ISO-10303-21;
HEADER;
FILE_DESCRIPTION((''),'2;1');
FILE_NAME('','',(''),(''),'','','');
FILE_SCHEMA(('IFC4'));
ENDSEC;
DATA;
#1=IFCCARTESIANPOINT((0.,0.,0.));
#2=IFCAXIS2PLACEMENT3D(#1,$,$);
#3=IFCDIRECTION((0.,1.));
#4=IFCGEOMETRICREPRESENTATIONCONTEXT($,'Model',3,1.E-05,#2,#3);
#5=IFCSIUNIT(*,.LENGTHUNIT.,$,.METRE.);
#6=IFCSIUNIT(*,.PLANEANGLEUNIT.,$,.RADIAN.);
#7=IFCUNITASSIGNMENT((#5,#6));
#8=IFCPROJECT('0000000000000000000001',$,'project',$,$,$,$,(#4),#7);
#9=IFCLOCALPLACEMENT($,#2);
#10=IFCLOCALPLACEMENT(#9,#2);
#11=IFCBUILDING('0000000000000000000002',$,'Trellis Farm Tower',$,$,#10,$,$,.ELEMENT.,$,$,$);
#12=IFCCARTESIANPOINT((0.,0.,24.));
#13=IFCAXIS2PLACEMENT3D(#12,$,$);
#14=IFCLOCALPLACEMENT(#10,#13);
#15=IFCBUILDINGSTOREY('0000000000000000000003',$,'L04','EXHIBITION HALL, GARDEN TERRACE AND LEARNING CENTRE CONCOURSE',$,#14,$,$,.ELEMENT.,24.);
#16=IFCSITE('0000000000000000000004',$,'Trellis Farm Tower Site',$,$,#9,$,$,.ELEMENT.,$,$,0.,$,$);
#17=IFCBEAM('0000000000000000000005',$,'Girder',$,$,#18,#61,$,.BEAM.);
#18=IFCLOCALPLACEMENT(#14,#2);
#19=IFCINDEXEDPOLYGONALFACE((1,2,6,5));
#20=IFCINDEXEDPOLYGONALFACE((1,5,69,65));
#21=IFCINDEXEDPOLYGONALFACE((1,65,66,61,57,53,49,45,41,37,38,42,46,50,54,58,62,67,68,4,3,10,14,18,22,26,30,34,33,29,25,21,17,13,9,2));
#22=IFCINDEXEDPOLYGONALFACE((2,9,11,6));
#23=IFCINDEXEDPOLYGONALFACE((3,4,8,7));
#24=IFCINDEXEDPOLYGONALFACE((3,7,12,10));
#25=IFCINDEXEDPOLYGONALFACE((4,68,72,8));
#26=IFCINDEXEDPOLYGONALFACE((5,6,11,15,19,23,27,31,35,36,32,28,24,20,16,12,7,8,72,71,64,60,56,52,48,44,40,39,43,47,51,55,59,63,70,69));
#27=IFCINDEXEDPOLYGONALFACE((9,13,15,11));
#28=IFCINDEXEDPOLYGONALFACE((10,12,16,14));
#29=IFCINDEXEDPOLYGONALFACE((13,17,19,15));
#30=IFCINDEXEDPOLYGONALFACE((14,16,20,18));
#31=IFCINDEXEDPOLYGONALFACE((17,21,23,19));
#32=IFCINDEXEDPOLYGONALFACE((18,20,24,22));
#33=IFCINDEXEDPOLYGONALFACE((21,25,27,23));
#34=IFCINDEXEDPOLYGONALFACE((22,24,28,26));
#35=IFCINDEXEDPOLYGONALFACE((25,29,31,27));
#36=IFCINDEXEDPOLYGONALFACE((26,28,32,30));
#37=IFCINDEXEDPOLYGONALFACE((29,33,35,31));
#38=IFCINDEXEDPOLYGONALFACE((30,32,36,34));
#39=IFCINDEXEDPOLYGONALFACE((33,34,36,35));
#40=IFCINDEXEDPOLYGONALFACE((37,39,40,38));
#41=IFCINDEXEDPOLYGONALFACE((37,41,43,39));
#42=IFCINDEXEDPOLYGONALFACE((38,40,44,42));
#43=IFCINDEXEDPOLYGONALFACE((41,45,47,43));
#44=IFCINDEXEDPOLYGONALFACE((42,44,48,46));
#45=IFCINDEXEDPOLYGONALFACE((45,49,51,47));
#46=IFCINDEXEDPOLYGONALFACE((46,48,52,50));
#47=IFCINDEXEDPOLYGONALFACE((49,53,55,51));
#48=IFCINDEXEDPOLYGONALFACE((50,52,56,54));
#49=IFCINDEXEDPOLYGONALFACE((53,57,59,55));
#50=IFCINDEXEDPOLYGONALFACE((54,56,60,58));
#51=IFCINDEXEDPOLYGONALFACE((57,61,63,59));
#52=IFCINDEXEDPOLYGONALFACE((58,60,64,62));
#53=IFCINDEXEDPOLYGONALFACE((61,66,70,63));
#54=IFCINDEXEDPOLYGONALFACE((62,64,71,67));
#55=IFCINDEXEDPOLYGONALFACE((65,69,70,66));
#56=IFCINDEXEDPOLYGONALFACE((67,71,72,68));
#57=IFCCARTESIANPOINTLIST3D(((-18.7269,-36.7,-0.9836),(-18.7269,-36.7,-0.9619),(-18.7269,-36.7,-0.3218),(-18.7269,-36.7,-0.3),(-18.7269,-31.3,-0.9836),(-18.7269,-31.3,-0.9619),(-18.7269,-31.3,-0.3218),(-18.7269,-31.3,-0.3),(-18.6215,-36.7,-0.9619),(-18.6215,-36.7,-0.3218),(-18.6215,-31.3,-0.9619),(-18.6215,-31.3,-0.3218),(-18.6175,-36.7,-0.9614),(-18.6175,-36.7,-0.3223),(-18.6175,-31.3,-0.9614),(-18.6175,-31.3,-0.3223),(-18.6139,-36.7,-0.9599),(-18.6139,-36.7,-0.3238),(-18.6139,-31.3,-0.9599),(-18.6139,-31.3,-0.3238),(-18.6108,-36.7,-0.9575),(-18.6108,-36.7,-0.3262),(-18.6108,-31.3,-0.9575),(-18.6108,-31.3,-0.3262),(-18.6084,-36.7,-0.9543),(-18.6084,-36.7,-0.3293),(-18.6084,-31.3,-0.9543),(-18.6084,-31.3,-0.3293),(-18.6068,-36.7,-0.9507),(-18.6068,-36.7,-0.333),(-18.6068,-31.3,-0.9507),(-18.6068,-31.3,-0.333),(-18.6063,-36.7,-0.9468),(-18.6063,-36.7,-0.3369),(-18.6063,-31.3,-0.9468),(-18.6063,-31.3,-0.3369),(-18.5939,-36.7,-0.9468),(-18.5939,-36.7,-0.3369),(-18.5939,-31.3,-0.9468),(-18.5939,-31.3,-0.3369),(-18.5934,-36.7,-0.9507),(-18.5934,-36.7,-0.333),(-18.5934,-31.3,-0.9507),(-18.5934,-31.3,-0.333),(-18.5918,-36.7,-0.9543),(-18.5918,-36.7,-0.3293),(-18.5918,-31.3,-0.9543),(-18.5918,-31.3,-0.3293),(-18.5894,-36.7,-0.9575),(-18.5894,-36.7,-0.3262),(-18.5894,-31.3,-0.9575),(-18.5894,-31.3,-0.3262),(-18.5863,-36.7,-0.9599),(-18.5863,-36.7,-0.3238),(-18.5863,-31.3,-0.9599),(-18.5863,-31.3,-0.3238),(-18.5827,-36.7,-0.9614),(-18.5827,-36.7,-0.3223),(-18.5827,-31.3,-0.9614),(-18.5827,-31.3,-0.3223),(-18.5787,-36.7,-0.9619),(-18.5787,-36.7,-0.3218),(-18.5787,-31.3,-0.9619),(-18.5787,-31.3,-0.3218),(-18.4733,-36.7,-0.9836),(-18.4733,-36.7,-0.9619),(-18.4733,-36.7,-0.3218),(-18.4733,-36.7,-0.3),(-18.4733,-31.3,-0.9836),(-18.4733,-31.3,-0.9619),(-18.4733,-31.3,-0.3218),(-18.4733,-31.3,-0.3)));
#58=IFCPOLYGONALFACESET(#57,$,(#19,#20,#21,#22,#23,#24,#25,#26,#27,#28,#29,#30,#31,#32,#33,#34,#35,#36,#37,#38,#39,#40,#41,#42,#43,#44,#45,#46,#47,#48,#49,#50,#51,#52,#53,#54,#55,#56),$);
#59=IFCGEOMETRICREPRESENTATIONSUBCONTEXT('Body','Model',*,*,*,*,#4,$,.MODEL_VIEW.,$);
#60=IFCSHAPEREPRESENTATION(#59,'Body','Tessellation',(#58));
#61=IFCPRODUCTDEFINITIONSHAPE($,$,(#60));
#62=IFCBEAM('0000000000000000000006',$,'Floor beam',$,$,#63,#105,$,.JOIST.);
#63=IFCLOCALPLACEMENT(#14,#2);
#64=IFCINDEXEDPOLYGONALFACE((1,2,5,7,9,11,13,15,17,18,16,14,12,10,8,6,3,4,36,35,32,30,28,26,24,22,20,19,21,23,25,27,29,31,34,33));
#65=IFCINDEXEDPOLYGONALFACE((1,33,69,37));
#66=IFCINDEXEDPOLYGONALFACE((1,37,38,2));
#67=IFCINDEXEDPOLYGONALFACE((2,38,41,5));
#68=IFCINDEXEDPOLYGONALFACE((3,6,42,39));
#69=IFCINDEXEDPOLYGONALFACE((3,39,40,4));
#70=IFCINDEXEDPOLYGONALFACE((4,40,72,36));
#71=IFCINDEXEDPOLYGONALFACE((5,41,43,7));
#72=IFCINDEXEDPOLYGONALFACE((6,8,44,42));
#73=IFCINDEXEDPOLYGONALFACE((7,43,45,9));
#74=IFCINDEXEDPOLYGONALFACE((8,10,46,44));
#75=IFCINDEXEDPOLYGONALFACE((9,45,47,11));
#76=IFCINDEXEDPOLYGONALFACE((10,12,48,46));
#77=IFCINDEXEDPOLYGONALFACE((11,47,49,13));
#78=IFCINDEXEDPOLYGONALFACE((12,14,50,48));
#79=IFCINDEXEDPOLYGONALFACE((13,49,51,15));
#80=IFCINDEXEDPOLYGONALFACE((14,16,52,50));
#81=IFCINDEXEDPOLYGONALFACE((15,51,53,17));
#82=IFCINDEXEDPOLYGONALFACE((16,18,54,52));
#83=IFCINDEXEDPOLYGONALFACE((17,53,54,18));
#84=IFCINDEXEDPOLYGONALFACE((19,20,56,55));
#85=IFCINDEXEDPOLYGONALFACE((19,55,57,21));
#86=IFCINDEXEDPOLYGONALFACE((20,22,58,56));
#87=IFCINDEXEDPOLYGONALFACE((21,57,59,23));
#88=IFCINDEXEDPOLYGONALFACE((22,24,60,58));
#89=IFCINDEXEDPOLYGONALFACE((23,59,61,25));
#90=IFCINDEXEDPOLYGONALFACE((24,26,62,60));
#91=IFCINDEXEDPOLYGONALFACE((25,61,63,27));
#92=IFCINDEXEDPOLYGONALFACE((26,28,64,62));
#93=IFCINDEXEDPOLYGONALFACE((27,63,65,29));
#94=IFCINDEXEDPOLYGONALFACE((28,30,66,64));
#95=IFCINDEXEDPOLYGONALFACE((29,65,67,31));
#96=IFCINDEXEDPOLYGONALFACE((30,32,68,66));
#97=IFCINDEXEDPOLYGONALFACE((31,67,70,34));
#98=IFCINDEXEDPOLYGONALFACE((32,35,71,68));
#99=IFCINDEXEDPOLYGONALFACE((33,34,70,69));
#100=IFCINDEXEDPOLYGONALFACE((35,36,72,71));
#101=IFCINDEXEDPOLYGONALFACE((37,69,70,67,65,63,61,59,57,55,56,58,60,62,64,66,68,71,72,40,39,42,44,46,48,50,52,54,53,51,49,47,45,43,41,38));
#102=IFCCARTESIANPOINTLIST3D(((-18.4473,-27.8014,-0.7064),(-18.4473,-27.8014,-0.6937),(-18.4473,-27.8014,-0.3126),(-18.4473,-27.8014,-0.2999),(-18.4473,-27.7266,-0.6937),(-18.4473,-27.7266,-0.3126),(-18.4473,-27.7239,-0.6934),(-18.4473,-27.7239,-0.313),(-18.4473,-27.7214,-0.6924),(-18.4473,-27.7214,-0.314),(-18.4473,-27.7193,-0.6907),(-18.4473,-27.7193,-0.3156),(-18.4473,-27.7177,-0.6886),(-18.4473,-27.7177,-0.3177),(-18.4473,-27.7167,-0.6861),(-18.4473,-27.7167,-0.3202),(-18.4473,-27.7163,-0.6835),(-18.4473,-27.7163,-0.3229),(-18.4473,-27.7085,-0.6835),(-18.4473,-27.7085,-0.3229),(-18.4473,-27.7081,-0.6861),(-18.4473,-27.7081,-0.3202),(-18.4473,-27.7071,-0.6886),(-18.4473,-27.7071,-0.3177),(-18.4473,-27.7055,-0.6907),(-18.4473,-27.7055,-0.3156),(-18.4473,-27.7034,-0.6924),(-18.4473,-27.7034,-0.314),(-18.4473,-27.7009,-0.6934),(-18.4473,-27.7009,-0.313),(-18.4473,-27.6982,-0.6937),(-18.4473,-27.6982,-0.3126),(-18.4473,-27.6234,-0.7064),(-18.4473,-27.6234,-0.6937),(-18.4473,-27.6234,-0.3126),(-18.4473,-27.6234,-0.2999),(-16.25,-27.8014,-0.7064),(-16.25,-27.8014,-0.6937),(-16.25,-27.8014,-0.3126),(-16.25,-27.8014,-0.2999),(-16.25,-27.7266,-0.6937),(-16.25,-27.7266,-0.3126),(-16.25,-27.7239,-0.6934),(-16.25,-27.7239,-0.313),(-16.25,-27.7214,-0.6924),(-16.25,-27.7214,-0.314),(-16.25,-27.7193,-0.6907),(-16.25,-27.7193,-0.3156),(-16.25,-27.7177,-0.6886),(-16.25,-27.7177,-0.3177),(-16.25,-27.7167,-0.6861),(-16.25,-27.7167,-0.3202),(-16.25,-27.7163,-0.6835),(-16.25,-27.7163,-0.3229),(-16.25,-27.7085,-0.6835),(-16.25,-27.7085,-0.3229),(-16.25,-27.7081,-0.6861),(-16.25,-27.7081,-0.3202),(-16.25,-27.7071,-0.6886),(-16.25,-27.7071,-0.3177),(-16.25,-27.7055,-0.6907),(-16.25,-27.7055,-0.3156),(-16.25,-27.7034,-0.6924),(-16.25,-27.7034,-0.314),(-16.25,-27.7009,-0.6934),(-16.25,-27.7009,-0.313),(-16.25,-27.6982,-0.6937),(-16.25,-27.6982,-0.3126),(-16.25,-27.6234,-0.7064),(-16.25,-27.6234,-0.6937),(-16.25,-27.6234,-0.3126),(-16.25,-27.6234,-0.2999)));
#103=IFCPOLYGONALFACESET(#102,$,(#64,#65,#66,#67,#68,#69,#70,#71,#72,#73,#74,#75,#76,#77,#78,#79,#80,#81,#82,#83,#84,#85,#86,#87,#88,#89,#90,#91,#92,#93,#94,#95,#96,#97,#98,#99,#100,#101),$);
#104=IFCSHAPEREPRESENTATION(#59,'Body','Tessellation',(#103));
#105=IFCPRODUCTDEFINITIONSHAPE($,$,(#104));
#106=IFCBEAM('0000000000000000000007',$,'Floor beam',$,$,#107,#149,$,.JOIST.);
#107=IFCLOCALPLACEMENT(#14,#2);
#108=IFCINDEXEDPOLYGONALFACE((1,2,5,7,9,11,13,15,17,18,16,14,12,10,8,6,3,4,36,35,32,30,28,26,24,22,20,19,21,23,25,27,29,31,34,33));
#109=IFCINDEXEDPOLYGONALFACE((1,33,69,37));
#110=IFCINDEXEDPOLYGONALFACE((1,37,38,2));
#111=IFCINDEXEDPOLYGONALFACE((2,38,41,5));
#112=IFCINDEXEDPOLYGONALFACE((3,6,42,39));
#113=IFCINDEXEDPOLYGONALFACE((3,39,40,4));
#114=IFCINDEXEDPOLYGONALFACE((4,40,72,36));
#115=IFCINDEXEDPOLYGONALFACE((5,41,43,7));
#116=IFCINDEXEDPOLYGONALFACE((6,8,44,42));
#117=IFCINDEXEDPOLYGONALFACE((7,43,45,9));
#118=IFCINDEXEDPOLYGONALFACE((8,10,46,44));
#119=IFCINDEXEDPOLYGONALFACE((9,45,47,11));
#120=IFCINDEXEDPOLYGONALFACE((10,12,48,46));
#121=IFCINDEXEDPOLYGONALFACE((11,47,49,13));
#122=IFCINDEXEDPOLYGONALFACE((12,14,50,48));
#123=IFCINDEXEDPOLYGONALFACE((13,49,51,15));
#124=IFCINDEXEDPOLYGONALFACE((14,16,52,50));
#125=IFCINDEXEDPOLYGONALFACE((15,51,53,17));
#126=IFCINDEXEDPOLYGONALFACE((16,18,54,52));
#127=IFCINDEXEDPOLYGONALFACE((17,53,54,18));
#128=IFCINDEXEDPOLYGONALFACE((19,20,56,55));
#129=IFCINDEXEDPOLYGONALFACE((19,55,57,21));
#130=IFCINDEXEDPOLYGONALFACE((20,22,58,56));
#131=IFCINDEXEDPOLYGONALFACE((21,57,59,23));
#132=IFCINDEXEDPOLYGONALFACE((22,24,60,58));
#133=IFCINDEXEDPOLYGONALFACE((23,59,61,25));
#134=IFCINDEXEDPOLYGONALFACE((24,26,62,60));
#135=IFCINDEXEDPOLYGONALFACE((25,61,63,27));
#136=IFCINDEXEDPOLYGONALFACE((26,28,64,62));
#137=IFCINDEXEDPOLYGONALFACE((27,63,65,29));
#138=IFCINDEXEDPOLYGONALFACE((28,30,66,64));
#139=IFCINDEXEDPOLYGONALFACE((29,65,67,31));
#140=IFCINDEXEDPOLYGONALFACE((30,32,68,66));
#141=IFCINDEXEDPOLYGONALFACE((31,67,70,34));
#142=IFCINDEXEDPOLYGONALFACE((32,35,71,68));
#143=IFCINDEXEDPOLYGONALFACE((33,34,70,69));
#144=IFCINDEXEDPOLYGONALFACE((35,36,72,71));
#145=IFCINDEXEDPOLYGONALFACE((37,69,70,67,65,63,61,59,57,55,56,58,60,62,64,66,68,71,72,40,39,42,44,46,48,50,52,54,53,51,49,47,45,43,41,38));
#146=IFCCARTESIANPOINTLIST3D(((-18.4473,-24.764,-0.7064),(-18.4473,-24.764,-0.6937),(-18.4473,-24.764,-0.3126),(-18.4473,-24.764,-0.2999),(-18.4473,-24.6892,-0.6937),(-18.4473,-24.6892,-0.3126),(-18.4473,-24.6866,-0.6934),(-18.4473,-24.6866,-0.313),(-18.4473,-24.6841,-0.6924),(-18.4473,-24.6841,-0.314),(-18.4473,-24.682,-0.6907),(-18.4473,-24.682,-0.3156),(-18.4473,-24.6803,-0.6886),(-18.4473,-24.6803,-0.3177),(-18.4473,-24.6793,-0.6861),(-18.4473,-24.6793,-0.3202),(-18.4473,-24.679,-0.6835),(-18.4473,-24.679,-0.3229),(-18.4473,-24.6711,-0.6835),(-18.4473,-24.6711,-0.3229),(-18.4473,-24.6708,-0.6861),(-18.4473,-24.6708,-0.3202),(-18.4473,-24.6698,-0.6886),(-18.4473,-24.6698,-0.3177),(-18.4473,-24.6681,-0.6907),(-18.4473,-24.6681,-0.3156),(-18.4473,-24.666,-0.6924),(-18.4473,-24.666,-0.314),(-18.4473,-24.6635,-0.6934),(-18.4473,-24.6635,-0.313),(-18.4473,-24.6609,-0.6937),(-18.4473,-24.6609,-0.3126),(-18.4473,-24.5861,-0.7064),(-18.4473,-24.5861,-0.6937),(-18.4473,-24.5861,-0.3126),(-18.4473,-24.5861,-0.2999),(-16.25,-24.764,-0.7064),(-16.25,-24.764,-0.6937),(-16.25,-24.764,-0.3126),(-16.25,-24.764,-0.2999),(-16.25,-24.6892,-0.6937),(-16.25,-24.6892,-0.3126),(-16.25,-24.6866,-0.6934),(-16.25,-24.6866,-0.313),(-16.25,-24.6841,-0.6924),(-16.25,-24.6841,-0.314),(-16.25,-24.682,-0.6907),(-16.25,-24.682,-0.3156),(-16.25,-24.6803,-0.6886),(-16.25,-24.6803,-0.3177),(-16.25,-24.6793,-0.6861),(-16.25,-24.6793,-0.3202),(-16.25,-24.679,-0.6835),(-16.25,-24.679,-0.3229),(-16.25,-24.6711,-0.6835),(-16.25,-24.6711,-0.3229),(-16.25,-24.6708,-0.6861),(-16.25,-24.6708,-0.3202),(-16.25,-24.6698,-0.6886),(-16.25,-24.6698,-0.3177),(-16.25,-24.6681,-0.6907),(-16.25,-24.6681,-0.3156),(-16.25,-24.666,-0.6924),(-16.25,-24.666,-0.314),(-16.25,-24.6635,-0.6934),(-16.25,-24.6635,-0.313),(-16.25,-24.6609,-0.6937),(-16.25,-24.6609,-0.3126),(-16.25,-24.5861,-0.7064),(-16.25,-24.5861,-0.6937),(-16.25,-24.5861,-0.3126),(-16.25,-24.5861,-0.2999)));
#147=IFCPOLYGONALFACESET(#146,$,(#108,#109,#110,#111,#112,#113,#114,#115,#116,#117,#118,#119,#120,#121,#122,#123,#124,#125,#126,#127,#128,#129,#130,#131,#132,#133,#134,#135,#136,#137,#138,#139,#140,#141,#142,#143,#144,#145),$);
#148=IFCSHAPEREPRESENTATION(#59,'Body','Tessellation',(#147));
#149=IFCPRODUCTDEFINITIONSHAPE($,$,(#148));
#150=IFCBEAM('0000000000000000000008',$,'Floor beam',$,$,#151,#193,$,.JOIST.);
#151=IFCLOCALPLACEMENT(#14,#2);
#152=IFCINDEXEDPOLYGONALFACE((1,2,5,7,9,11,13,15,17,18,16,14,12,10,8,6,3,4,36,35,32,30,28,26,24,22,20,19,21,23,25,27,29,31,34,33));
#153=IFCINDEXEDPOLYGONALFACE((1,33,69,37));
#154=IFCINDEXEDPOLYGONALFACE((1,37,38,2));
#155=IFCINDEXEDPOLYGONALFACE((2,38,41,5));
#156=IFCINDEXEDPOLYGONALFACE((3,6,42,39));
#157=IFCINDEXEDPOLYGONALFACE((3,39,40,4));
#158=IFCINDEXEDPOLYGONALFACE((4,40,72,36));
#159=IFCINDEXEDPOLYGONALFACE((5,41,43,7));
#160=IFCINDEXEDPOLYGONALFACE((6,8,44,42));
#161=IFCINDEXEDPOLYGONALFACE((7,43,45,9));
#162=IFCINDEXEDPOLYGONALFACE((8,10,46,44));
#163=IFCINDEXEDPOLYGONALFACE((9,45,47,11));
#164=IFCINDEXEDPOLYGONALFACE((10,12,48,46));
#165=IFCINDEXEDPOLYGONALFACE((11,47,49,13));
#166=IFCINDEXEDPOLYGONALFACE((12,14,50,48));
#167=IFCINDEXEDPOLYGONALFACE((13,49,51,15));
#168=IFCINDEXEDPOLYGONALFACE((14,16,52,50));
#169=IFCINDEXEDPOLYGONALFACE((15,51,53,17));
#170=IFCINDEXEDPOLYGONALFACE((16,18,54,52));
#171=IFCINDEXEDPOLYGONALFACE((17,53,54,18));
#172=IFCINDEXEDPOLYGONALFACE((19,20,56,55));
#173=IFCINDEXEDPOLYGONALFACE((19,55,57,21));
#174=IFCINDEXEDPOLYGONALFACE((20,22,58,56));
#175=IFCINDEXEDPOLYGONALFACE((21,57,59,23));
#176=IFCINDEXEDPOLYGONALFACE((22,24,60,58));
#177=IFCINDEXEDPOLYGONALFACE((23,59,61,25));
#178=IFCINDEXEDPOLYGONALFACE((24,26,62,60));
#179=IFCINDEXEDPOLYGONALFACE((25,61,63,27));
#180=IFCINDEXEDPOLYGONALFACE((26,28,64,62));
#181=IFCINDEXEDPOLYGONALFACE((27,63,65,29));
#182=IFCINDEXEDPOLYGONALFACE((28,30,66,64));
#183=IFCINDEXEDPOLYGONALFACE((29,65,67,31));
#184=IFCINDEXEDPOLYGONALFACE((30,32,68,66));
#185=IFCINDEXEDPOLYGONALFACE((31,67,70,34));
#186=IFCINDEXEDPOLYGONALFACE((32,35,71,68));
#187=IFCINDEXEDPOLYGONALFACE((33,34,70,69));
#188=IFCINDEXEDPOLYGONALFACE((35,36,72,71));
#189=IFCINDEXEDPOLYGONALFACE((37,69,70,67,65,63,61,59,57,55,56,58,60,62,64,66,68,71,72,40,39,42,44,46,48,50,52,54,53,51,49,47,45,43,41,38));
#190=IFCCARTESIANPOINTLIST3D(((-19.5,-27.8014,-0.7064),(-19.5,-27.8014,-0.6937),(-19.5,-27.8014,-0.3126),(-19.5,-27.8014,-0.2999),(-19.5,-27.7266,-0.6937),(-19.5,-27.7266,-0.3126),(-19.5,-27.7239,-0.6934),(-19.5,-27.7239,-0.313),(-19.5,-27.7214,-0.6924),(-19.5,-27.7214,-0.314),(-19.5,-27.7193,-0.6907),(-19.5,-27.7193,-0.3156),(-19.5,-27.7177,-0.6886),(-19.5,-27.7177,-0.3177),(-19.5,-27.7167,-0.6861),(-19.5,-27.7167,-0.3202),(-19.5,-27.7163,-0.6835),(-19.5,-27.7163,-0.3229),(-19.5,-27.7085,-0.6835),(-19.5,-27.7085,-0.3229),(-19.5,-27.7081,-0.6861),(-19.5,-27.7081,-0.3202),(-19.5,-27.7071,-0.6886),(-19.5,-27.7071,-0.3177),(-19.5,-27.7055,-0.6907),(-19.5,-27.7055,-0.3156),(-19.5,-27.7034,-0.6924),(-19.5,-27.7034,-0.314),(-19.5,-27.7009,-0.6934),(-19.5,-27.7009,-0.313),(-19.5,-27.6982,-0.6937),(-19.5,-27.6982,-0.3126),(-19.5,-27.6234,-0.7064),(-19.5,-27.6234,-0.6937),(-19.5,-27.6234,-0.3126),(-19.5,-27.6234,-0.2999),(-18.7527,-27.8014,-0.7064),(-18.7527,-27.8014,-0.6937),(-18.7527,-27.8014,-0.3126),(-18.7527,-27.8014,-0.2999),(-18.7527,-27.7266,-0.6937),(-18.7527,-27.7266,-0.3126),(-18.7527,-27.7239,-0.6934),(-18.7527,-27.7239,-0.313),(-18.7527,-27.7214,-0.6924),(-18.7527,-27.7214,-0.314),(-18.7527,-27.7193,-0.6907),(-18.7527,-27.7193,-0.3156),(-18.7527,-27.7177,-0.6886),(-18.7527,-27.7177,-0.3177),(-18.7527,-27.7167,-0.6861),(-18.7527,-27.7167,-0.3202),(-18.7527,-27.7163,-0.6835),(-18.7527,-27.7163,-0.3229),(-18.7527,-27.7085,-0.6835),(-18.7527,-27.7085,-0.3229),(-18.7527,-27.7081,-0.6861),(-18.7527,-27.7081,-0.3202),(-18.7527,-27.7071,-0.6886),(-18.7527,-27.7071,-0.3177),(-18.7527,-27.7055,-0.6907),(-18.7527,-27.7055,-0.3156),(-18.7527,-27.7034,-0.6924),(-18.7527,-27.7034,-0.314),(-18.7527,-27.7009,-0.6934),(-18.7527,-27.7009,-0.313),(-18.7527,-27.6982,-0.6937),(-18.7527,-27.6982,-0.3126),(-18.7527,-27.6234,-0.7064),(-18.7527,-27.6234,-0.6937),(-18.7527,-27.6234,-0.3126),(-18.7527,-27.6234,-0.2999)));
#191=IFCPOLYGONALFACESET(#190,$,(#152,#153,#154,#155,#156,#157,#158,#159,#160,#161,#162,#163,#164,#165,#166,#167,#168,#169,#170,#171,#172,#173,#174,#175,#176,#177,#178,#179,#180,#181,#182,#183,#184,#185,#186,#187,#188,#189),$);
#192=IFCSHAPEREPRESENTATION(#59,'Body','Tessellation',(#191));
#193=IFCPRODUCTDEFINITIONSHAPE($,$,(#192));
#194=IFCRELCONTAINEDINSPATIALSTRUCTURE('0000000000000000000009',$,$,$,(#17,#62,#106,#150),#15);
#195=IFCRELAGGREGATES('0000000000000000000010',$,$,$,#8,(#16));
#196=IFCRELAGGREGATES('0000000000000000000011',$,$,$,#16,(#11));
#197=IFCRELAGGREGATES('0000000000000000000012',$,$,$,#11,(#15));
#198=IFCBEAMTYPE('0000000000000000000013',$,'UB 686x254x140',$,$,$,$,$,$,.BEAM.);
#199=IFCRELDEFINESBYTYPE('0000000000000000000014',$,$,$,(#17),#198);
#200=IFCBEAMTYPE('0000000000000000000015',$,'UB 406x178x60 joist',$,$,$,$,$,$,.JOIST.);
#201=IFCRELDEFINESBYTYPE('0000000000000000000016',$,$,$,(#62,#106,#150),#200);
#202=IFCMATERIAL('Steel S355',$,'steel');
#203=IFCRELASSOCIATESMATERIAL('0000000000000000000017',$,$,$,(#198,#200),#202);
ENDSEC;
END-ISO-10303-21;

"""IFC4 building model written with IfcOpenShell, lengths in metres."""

from ifc_helpers import new_model, si_unit, direction, frame, origin, origin_2d, place, context, subcontext, project, spatial, i_section, extrude, source, transform, mapped, material, material_profile, profile_set, type_object, element, save


model = new_model("IFC4")

# Units and contexts
model_context = context("Model", 3, precision=1e-05, world=origin(), true_north=direction((0.0, 1.0)))
body_context = subcontext(model_context, "Body", "Model", "MODEL_VIEW")
ifc_project = project(units=[si_unit("LENGTHUNIT", "METRE"), si_unit("PLANEANGLEUNIT", "RADIAN")], contexts=[model_context])

# Site, building, storey
site_placement = place(None, origin())
site = spatial("IfcSite", under=ifc_project, at=site_placement, Name="Trellis Farm Tower Site", CompositionType="ELEMENT", RefElevation=0.0)
building_placement = place(site_placement, origin())
building = spatial("IfcBuilding", under=site, at=building_placement, Name="Trellis Farm Tower", CompositionType="ELEMENT")
storey_placement = place(building_placement, frame((0.0, 0.0, 24.0)))
storey = spatial("IfcBuildingStorey", under=building, at=storey_placement, Name="L04", Description="EXHIBITION HALL, GARDEN TERRACE AND LEARNING CENTRE CONCOURSE", CompositionType="ELEMENT", Elevation=24.0)

# Beams
ifc_material_1 = material(Name="Steel S355", Category="steel")
ifc_material_profile_1 = material_profile(ifc_material_1, i_section(OverallWidth=0.2537, OverallDepth=0.6836, WebThickness=0.0125, FlangeThickness=0.0217, FilletRadius=0.0151, at=origin_2d()), Name="UB 686x254x140")
ifc_profile_set_1 = profile_set([ifc_material_profile_1], Name="Steel S355")
beam_type_1 = type_object("IfcBeamType", Name="UB 686x254x140", PredefinedType="BEAM", material=ifc_profile_set_1)
shared_shape_1 = source(origin(), body_context, "Body", "SweptSolid", [
    extrude(i_section(OverallWidth=0.2537, OverallDepth=0.6836, WebThickness=0.0125, FlangeThickness=0.0217, FilletRadius=0.0151, at=origin_2d()), origin(), (0.0, 0.0, 1.0), 5.3999),
])
beam_1_placement = place(storey_placement, frame((-18.6001, -36.7, -0.6418), z_axis=(0.0, 1.0, 0.0), x_axis=(-1.0, 0.0, 0.0)))
element("IfcBeam", 1, at=beam_1_placement, inside=storey, type_object=beam_type_1, Name="Girder", PredefinedType="BEAM", context=body_context, shape_type="MappedRepresentation", body=[
    mapped(shared_shape_1, transform((0.0, 0.0, 0.0))),
])
ifc_material_profile_2 = material_profile(ifc_material_1, i_section(OverallWidth=0.178, OverallDepth=0.4065, WebThickness=0.0078, FlangeThickness=0.0127, FilletRadius=0.0103, at=origin_2d()), Name="UB 406x178x60")
ifc_profile_set_2 = profile_set([ifc_material_profile_2], Name="Steel S355")
beam_type_2 = type_object("IfcBeamType", Name="UB 406x178x60 joist", PredefinedType="JOIST", material=ifc_profile_set_2)
shared_shape_2 = source(origin(), body_context, "Body", "SweptSolid", [
    extrude(i_section(OverallWidth=0.178, OverallDepth=0.4065, WebThickness=0.0078, FlangeThickness=0.0127, FilletRadius=0.0103, at=origin_2d()), origin(), (0.0, 0.0, 1.0), 2.1973),
])
for number, where, z_axis, x_axis, name in (
    (2, (-18.4473, -27.7124, -0.5032), (1.0, 0.0, 0.0), (0.0, 1.0, 0.0), "Floor beam"),
    (3, (-18.4473, -24.675, -0.5032), (1.0, 0.0, 0.0), (0.0, 1.0, 0.0), "Floor beam"),
):
    element("IfcBeam", number, at=place(storey_placement, frame(where, z_axis=z_axis, x_axis=x_axis)), inside=storey, type_object=beam_type_2, Name=name, PredefinedType="JOIST", context=body_context, shape_type="MappedRepresentation", body=[
        mapped(shared_shape_2, transform((0.0, 0.0, 0.0))),
    ])
shared_shape_3 = source(origin(), body_context, "Body", "SweptSolid", [
    extrude(i_section(OverallWidth=0.178, OverallDepth=0.4065, WebThickness=0.0078, FlangeThickness=0.0127, FilletRadius=0.0103, at=origin_2d()), origin(), (0.0, 0.0, 1.0), 0.7473),
])
for number, where, z_axis, x_axis, name in (
    (4, (-19.5, -27.7124, -0.5032), (1.0, 0.0, 0.0), (0.0, 1.0, 0.0), "Floor beam"),
):
    element("IfcBeam", number, at=place(storey_placement, frame(where, z_axis=z_axis, x_axis=x_axis)), inside=storey, type_object=beam_type_2, Name=name, PredefinedType="JOIST", context=body_context, shape_type="MappedRepresentation", body=[
        mapped(shared_shape_3, transform((0.0, 0.0, 0.0))),
    ])

save(model, "model.ifc")
